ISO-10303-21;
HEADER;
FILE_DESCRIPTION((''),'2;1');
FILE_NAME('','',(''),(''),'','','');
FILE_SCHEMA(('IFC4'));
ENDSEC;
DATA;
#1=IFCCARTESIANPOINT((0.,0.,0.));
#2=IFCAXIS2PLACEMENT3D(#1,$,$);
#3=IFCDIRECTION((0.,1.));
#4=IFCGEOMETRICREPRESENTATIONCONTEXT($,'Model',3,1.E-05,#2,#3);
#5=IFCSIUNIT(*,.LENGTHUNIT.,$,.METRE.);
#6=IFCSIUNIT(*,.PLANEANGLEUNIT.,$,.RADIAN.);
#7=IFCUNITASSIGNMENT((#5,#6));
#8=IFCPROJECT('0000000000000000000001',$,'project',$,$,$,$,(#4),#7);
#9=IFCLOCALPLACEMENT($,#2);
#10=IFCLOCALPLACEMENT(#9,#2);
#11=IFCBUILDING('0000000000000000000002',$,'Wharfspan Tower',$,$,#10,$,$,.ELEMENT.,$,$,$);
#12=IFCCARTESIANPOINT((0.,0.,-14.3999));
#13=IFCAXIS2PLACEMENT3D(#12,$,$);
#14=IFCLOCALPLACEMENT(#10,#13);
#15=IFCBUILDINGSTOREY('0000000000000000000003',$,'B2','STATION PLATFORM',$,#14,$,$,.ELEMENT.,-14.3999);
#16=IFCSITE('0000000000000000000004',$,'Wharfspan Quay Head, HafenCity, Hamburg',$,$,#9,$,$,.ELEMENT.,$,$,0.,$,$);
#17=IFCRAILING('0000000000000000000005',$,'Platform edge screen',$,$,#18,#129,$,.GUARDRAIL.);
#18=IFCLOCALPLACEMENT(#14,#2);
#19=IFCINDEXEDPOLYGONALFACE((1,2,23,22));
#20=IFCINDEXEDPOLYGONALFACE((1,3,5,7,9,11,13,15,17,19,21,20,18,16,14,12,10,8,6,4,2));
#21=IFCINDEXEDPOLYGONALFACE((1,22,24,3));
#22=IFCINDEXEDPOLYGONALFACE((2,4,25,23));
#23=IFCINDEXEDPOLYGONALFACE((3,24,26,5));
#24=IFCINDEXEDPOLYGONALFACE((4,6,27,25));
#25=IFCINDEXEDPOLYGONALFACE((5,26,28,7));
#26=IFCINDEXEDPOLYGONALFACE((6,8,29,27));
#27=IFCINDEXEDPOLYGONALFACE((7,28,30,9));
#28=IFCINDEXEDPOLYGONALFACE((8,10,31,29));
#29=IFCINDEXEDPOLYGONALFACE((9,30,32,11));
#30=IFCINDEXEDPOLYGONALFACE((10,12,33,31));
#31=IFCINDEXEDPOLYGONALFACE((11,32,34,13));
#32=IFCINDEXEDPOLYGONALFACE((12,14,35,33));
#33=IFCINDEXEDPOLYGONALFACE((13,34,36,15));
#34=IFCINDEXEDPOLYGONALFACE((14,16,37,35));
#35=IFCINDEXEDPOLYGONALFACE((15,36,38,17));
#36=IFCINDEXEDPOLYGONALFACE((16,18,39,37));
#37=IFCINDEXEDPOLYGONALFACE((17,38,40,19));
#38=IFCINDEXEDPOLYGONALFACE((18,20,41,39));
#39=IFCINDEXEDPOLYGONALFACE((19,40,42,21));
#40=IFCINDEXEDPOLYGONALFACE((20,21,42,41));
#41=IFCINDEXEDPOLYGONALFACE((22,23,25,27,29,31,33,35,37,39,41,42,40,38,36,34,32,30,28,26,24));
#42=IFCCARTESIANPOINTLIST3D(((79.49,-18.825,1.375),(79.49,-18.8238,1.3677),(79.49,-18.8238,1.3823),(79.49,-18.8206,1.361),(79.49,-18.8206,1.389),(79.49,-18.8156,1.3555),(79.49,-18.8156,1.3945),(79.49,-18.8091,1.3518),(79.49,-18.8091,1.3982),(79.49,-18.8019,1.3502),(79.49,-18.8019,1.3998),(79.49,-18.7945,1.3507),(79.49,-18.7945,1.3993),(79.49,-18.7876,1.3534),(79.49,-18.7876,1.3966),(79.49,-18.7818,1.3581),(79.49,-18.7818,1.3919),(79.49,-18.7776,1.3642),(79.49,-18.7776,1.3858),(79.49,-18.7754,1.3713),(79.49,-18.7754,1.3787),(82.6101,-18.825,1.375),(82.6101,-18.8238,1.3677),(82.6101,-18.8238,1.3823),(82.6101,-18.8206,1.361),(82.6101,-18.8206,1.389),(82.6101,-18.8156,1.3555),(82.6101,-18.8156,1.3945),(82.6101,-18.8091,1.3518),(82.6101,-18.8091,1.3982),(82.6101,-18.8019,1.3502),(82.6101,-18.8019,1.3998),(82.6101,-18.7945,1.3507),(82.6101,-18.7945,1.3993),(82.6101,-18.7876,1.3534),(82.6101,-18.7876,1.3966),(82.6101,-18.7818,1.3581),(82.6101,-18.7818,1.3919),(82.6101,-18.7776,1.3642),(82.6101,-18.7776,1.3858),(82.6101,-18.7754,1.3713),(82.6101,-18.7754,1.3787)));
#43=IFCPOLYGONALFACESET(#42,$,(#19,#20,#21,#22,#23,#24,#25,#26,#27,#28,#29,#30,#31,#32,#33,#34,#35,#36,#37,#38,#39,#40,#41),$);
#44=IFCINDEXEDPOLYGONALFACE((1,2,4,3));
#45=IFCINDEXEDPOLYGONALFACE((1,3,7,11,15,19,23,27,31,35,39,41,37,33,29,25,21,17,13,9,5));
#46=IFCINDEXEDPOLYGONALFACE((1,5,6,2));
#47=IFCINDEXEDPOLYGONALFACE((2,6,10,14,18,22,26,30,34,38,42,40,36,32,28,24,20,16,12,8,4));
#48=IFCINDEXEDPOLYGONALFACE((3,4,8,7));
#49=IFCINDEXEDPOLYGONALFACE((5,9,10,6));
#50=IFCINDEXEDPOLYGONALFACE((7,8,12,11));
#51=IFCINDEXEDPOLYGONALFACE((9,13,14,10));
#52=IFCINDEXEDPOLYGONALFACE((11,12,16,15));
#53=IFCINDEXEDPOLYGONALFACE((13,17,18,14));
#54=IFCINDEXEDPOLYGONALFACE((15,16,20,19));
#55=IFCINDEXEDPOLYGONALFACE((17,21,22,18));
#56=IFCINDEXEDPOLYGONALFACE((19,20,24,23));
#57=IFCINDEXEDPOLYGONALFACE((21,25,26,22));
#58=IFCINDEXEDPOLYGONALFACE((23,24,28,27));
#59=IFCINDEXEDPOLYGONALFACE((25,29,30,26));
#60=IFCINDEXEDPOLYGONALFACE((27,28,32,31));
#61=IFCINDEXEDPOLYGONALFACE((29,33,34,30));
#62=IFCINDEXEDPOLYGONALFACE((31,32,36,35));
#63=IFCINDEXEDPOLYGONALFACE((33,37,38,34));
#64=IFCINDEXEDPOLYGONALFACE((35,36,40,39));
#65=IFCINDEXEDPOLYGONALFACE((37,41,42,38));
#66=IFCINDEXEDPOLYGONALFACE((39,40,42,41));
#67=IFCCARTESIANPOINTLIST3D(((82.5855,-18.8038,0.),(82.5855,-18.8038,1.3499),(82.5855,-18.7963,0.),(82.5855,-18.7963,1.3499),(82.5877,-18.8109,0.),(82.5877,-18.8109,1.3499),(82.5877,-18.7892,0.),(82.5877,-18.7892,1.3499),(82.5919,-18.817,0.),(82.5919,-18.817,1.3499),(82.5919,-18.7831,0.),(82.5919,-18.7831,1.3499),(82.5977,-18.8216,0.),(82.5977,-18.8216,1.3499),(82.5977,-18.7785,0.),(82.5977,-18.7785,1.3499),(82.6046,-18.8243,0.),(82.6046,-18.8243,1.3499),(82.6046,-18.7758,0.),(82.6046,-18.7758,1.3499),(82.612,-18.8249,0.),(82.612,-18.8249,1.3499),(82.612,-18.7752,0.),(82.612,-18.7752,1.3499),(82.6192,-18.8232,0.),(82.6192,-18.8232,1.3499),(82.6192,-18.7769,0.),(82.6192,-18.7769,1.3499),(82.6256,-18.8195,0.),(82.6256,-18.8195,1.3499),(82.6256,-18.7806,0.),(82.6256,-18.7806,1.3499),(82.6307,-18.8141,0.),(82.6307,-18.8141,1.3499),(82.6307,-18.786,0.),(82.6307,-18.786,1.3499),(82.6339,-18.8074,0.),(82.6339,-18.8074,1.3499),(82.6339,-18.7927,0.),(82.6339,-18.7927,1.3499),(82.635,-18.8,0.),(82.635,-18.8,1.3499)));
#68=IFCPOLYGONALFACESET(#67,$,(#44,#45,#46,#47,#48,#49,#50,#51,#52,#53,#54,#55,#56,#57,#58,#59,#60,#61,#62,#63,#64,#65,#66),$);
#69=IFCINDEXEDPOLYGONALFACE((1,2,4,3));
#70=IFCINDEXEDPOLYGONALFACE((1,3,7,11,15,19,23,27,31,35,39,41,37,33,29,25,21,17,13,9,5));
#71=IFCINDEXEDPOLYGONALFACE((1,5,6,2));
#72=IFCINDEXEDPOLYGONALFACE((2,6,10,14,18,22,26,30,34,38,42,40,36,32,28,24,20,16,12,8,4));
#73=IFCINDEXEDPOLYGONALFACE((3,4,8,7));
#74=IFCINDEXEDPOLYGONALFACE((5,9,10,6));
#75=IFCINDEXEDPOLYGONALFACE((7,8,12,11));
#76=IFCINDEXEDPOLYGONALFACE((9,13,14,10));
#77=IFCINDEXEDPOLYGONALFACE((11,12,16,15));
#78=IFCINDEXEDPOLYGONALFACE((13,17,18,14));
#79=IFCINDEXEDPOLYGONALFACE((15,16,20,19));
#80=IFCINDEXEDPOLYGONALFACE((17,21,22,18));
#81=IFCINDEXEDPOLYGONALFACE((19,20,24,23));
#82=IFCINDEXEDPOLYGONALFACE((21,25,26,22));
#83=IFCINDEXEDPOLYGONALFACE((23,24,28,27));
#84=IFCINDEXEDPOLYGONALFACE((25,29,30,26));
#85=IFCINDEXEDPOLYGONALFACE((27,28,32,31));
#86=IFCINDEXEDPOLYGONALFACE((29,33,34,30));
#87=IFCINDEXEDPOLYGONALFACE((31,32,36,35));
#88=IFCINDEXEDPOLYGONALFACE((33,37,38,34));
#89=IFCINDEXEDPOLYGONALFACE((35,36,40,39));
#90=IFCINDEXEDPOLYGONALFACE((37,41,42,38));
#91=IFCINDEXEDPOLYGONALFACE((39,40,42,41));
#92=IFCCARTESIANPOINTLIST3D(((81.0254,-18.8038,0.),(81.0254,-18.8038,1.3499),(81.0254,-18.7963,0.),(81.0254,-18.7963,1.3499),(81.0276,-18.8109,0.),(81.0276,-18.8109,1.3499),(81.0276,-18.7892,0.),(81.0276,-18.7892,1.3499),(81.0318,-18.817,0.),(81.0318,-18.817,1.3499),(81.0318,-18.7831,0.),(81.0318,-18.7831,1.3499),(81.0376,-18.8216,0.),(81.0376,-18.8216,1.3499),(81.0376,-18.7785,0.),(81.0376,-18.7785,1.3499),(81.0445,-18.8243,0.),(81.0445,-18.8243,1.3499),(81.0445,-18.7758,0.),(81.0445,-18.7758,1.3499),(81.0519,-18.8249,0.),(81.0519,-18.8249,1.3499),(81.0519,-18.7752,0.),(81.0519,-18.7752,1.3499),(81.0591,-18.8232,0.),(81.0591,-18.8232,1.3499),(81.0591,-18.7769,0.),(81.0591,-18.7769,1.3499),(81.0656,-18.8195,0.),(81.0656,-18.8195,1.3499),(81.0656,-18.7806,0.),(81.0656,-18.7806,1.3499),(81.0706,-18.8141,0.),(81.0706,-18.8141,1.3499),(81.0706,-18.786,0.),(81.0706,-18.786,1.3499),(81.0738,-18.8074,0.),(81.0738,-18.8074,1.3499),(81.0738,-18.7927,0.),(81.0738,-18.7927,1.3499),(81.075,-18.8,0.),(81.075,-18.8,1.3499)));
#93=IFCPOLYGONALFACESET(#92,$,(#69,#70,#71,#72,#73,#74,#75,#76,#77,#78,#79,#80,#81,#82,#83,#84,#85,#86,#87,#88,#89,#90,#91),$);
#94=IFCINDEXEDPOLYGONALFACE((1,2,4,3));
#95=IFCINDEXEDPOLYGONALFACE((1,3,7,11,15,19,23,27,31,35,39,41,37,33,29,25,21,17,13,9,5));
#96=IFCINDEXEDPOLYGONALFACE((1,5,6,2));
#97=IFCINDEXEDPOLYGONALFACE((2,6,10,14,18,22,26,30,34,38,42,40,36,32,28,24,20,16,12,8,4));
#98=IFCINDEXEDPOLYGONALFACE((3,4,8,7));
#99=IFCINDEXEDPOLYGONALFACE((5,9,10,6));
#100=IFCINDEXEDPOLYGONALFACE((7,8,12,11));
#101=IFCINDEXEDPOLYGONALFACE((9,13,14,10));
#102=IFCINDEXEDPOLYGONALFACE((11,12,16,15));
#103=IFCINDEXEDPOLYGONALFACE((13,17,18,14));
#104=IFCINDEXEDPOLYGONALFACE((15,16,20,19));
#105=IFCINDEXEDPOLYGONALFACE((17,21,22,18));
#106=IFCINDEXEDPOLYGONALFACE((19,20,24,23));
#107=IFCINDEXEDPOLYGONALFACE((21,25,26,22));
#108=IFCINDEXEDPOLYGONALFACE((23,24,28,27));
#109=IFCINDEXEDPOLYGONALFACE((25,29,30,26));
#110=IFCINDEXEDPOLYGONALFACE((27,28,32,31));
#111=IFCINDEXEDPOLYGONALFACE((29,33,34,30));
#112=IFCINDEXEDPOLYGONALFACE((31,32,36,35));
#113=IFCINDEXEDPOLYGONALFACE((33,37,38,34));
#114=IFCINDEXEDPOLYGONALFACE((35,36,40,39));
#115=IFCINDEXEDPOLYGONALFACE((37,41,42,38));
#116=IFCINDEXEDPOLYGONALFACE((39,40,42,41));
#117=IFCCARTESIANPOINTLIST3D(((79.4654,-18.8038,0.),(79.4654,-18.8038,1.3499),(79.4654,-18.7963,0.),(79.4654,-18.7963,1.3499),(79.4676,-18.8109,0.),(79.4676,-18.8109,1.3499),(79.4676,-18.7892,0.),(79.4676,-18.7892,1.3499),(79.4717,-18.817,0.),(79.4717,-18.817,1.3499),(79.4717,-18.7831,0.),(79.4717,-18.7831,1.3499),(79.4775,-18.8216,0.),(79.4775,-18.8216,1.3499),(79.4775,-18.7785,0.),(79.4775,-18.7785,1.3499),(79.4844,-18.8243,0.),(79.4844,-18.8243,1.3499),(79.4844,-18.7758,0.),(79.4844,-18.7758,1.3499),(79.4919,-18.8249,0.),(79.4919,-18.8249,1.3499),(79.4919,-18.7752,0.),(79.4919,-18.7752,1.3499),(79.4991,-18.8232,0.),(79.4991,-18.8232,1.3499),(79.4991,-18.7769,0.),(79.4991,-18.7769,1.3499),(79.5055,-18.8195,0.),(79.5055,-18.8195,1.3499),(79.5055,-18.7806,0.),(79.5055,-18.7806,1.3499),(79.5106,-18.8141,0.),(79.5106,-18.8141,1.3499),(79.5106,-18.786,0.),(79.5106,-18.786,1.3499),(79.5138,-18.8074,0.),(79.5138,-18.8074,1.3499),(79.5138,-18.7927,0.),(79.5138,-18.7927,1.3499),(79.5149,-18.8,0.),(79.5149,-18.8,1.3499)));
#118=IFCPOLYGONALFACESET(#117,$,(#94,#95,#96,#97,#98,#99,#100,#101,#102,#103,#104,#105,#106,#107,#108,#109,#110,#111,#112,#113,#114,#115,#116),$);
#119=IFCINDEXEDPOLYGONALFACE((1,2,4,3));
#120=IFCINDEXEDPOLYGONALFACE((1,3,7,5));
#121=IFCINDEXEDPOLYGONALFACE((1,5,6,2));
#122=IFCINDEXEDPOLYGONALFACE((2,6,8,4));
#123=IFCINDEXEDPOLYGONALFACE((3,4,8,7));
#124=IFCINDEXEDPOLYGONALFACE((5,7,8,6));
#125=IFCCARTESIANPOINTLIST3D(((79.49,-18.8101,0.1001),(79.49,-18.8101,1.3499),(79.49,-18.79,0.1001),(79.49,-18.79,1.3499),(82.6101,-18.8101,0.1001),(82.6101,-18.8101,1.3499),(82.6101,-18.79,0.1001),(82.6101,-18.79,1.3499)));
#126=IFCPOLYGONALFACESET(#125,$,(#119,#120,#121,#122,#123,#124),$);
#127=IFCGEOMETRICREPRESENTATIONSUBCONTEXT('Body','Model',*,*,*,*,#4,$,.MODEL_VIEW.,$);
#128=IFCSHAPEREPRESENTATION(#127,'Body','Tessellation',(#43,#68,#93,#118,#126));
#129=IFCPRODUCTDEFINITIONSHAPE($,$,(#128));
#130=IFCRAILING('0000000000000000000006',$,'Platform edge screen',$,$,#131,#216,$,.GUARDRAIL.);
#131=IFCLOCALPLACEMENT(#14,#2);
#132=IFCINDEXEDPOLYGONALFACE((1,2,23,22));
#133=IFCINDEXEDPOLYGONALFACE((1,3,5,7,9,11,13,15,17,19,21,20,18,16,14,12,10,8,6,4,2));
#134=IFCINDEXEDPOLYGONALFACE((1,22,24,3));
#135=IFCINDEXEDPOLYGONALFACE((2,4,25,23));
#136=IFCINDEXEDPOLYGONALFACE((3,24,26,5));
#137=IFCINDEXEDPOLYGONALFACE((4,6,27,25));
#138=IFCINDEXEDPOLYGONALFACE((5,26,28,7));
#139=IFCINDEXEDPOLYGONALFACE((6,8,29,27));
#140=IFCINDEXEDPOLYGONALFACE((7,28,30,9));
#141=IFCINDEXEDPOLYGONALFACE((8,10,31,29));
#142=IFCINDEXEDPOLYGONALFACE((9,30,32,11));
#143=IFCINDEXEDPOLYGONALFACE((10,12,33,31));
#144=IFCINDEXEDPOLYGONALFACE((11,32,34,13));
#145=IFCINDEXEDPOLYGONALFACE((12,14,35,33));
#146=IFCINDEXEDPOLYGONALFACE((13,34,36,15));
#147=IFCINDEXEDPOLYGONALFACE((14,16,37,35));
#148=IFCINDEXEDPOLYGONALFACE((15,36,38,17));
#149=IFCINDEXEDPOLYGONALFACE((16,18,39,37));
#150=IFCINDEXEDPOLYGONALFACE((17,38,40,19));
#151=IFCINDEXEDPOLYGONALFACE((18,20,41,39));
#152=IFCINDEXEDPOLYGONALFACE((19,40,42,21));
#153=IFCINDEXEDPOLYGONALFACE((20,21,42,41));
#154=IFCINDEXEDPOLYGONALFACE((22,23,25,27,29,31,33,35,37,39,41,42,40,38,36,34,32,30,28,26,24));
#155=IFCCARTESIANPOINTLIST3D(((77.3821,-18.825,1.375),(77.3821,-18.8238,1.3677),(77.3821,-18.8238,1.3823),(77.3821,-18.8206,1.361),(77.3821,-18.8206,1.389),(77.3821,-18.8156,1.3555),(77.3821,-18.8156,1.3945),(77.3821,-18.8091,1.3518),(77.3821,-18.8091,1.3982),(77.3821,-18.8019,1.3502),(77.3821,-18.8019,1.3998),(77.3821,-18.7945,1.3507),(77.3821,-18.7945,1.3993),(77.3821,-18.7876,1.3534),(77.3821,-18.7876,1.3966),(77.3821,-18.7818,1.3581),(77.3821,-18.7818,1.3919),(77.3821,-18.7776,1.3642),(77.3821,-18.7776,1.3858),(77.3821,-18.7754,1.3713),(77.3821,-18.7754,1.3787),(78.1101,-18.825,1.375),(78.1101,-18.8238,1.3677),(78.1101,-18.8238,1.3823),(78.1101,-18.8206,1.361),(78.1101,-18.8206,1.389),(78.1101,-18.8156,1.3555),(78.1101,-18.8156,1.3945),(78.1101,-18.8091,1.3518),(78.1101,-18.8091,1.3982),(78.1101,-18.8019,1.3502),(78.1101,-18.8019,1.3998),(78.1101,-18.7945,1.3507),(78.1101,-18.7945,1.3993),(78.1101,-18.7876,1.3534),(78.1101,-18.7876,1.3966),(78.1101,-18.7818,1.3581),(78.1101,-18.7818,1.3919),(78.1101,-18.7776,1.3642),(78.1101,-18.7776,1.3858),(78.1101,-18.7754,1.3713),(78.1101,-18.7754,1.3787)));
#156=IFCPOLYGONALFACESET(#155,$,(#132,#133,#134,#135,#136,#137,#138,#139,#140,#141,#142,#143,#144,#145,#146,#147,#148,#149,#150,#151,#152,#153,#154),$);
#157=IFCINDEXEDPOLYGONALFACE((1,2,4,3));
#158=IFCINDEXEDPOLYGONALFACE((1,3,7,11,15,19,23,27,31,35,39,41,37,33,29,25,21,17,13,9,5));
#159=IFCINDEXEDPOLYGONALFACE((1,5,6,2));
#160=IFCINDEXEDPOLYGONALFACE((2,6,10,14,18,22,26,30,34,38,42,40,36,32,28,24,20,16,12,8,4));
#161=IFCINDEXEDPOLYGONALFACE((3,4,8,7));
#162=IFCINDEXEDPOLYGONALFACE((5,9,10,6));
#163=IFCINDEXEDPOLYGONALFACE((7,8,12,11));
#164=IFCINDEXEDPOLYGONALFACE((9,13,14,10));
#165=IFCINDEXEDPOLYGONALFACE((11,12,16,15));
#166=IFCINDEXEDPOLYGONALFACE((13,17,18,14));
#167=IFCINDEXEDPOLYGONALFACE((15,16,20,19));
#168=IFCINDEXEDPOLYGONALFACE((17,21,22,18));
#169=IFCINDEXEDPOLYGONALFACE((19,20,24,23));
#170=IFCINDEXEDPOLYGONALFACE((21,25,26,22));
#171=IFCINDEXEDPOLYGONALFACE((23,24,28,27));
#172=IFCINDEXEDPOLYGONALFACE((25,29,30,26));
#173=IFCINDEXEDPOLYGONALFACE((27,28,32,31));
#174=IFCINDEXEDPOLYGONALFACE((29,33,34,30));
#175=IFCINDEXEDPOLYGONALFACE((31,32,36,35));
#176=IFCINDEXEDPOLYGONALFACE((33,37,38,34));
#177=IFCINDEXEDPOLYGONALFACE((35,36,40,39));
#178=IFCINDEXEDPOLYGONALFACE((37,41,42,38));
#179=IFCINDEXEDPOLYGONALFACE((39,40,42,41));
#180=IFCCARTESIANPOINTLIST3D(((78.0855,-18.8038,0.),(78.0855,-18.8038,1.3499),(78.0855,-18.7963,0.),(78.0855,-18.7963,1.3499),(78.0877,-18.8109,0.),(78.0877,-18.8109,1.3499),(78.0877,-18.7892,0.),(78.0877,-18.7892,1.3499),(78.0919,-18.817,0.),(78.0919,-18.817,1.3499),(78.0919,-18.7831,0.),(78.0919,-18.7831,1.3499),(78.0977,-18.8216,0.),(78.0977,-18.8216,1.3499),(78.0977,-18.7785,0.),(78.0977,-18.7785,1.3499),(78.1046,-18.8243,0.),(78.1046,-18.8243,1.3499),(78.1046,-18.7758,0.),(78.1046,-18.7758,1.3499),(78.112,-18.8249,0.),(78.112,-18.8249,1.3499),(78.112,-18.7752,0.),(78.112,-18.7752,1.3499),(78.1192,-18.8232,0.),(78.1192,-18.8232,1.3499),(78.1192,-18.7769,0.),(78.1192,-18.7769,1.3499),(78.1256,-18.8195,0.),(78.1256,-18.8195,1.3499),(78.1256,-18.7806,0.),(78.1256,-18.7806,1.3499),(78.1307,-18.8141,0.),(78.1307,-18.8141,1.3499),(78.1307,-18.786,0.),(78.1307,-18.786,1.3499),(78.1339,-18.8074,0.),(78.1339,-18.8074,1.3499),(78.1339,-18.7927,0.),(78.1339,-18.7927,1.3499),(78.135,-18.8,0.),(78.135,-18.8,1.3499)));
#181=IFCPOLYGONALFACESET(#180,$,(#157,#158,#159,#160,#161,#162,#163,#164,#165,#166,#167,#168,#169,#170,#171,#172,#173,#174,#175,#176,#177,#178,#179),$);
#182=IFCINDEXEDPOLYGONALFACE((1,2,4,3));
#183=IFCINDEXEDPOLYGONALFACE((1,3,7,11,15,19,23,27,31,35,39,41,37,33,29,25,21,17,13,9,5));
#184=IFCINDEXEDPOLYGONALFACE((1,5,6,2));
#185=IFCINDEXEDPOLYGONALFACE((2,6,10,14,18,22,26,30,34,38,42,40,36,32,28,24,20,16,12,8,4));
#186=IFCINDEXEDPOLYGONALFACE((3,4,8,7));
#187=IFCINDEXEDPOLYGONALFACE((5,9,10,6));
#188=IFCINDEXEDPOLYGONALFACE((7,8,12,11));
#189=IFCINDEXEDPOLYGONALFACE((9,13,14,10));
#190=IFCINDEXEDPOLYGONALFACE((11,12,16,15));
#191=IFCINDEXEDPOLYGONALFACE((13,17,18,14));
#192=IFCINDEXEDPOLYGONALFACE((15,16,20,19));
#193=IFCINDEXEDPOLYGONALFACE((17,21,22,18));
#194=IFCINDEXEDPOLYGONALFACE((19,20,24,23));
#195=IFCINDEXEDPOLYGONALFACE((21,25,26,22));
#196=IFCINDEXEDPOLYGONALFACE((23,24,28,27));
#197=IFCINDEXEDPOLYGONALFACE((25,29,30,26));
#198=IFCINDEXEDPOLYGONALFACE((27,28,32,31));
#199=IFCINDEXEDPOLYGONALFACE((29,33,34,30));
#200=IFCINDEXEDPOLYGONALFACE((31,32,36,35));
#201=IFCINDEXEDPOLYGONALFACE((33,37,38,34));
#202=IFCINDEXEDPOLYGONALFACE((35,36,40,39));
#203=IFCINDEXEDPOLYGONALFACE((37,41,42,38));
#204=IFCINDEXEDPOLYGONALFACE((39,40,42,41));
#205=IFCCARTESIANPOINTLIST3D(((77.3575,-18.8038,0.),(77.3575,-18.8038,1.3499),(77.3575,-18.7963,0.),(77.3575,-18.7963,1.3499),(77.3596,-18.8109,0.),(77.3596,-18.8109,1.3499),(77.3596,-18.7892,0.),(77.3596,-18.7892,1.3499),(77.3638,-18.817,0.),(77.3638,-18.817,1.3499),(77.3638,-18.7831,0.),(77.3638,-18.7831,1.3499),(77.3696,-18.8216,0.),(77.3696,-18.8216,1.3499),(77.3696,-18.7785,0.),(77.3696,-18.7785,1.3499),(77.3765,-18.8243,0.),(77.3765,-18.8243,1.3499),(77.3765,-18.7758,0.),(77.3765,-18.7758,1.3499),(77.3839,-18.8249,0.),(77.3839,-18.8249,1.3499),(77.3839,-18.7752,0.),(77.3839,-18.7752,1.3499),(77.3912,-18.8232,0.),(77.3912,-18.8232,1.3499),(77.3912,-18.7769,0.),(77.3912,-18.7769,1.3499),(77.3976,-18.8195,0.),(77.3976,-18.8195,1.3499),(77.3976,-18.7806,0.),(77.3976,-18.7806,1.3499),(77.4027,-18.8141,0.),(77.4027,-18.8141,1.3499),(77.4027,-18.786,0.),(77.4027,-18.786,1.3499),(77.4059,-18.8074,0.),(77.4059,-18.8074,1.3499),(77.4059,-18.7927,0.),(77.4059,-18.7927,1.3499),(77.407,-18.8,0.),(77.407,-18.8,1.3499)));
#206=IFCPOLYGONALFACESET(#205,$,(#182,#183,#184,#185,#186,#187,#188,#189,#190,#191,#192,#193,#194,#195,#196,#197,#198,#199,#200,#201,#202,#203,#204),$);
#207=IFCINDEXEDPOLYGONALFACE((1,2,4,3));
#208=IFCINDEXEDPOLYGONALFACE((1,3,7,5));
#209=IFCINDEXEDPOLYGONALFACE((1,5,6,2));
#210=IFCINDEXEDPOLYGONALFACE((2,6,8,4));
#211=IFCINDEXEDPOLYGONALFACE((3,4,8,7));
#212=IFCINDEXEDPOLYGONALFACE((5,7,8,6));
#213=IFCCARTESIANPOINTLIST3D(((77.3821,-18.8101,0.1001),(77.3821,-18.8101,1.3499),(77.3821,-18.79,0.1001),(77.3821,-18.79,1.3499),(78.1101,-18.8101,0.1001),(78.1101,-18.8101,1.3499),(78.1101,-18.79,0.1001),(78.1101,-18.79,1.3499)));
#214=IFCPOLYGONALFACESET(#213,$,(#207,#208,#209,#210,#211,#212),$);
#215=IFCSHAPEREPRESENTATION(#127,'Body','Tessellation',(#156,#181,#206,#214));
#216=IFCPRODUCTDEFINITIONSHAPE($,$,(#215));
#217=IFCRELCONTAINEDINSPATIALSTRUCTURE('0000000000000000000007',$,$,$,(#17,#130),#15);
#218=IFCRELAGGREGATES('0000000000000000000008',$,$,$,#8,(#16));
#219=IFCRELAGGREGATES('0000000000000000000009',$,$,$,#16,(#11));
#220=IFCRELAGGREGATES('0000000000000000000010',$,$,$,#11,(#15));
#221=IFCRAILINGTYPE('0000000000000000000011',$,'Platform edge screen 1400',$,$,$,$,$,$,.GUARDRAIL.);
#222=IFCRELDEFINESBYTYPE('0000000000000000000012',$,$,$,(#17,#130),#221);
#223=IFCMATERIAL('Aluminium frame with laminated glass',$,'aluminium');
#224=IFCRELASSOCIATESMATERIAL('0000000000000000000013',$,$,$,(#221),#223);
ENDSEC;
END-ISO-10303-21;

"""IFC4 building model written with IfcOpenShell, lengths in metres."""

from ifc_helpers import new_model, si_unit, direction, frame, origin, origin_2d, place, context, subcontext, project, spatial, rectangle, circle, extrude, material, type_object, element, save


model = new_model("IFC4")

# Units and contexts
model_context = context("Model", 3, precision=1e-05, world=origin(), true_north=direction((0.0, 1.0)))
body_context = subcontext(model_context, "Body", "Model", "MODEL_VIEW")
ifc_project = project(units=[si_unit("LENGTHUNIT", "METRE"), si_unit("PLANEANGLEUNIT", "RADIAN")], contexts=[model_context])

# Site, building, storey
site_placement = place(None, origin())
site = spatial("IfcSite", under=ifc_project, at=site_placement, Name="Wharfspan Quay Head, HafenCity, Hamburg", CompositionType="ELEMENT", RefElevation=0.0)
building_placement = place(site_placement, origin())
building = spatial("IfcBuilding", under=site, at=building_placement, Name="Wharfspan Tower", CompositionType="ELEMENT")
storey_placement = place(building_placement, frame((0.0, 0.0, -14.3999)))
storey = spatial("IfcBuildingStorey", under=building, at=storey_placement, Name="B2", Description="STATION PLATFORM", CompositionType="ELEMENT", Elevation=-14.3999)

# Railings
ifc_material_1 = material(Name="Aluminium frame with laminated glass", Category="aluminium")
railing_type_1 = type_object("IfcRailingType", Name="Platform edge screen 1400", PredefinedType="GUARDRAIL", material=ifc_material_1)
railing_1_placement = place(storey_placement, frame((82.6101, -18.8, 0.0)))
element("IfcRailing", 1, at=railing_1_placement, inside=storey, type_object=railing_type_1, Name="Platform edge screen", PredefinedType="GUARDRAIL", context=body_context, shape_type="SweptSolid", body=[
    extrude(circle(Radius=0.0249, at=origin_2d()), frame((0.0, 0.0, 1.375), z_axis=(-1.0, 0.0, 0.0), x_axis=(0.0, -1.0, 0.0)), (0.0, 0.0, 1.0), 3.1201),
    extrude(circle(Radius=0.0249, at=origin_2d()), origin(), (0.0, 0.0, 1.0), 1.3499),
    extrude(circle(Radius=0.0249, at=origin_2d()), frame((-1.5601, 0.0, 0.0)), (0.0, 0.0, 1.0), 1.3499),
    extrude(circle(Radius=0.0249, at=origin_2d()), frame((-3.1201, 0.0, 0.0)), (0.0, 0.0, 1.0), 1.3499),
    extrude(rectangle(XDim=3.1201, YDim=0.02, at=origin_2d()), frame((-1.5601, 0.0, 0.1001), z_axis=(0.0, 0.0, 1.0), x_axis=(-1.0, 0.0, 0.0)), (0.0, 0.0, 1.0), 1.2498),
])
railing_2_placement = place(storey_placement, frame((78.1101, -18.8, 0.0)))
element("IfcRailing", 2, at=railing_2_placement, inside=storey, type_object=railing_type_1, Name="Platform edge screen", PredefinedType="GUARDRAIL", context=body_context, shape_type="SweptSolid", body=[
    extrude(circle(Radius=0.0249, at=origin_2d()), frame((0.0, 0.0, 1.375), z_axis=(-1.0, 0.0, 0.0), x_axis=(0.0, -1.0, 0.0)), (0.0, 0.0, 1.0), 0.728),
    extrude(circle(Radius=0.0249, at=origin_2d()), origin(), (0.0, 0.0, 1.0), 1.3499),
    extrude(circle(Radius=0.0249, at=origin_2d()), frame((-0.728, 0.0, 0.0)), (0.0, 0.0, 1.0), 1.3499),
    extrude(rectangle(XDim=0.728, YDim=0.02, at=origin_2d()), frame((-0.364, 0.0, 0.1001), z_axis=(0.0, 0.0, 1.0), x_axis=(-1.0, 0.0, 0.0)), (0.0, 0.0, 1.0), 1.2498),
])

save(model, "model.ifc")
